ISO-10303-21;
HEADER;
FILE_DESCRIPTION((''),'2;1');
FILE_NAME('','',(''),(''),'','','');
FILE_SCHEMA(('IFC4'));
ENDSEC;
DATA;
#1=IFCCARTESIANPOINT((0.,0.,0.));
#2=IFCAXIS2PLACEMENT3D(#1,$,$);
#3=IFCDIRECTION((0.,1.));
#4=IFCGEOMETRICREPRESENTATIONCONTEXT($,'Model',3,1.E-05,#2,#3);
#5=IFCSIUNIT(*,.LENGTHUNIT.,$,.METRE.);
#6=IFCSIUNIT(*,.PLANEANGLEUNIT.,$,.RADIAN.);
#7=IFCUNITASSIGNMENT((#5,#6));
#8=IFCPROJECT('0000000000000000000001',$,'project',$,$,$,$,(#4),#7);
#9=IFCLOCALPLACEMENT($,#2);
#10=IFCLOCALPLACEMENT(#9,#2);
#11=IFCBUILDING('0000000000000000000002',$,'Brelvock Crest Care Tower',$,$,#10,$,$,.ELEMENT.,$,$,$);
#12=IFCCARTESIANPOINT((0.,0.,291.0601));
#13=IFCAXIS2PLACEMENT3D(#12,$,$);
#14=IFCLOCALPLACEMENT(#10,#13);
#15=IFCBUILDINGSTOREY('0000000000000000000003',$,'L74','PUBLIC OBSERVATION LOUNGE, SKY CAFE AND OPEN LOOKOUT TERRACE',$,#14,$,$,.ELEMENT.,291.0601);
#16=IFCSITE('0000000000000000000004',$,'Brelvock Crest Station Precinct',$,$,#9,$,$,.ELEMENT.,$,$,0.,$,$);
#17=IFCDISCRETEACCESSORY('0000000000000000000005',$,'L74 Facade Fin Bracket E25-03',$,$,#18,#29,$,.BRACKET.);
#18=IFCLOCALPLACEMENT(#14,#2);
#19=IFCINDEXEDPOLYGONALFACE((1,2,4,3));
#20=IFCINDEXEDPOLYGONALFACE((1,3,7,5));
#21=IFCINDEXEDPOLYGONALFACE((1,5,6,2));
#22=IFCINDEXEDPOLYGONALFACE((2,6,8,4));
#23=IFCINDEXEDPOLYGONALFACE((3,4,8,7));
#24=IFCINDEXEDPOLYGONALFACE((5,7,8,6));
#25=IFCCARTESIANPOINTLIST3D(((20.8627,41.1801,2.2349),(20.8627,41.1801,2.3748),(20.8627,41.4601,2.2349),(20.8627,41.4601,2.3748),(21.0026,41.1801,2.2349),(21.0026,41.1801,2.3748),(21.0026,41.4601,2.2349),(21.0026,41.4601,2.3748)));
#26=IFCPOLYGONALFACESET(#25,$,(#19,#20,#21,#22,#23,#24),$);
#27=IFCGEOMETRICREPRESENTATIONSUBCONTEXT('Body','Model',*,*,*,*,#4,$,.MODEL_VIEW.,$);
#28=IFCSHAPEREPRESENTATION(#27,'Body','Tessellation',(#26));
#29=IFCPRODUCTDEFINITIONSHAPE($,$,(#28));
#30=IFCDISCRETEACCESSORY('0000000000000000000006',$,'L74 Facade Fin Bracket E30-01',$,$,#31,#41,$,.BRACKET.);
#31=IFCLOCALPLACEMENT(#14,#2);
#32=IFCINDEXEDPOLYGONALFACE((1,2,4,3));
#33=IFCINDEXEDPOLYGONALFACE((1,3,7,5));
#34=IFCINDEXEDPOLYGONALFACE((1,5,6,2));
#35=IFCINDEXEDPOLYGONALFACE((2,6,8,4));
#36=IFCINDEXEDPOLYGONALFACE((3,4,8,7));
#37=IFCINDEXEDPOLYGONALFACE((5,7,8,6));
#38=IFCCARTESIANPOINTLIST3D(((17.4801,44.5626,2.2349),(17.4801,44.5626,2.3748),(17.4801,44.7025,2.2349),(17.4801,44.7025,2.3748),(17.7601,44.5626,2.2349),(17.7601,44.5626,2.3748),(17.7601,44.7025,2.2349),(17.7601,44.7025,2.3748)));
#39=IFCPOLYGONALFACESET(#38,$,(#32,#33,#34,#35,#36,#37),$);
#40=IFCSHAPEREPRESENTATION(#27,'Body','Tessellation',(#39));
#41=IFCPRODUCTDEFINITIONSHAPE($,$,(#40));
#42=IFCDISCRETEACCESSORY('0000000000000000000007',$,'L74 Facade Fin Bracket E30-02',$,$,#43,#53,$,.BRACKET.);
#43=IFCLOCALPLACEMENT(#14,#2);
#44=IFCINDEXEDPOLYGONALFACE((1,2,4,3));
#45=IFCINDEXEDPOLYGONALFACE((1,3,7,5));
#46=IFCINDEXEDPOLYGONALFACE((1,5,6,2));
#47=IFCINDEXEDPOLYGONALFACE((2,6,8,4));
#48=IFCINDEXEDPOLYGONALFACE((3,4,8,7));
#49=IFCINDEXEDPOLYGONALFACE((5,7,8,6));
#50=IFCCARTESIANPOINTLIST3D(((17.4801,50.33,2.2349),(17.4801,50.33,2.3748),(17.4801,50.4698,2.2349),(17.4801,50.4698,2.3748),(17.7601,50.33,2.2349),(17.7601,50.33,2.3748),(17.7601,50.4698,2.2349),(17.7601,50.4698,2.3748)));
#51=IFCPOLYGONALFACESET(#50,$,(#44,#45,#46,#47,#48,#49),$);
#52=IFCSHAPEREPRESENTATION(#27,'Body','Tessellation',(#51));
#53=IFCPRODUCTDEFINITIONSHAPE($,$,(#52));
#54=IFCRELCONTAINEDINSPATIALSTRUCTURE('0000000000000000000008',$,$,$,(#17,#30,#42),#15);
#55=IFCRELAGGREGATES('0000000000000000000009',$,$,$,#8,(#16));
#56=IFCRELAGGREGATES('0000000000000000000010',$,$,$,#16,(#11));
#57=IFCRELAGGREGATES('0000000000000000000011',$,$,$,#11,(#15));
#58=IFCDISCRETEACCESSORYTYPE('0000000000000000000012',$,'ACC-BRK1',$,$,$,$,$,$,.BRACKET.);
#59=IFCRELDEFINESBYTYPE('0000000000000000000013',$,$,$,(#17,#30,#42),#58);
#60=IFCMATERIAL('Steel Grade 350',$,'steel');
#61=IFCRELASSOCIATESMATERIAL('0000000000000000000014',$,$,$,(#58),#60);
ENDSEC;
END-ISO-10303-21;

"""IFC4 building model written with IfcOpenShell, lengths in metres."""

from ifc_helpers import new_model, si_unit, direction, frame, origin, origin_2d, place, context, subcontext, project, spatial, rectangle, extrude, source, transform, mapped, material, type_object, element, save


model = new_model("IFC4")

# Units and contexts
model_context = context("Model", 3, precision=1e-05, world=origin(), true_north=direction((0.0, 1.0)))
body_context = subcontext(model_context, "Body", "Model", "MODEL_VIEW")
ifc_project = project(units=[si_unit("LENGTHUNIT", "METRE"), si_unit("PLANEANGLEUNIT", "RADIAN")], contexts=[model_context])

# Site, building, storey
site_placement = place(None, origin())
site = spatial("IfcSite", under=ifc_project, at=site_placement, Name="Brelvock Crest Station Precinct", CompositionType="ELEMENT", RefElevation=0.0)
building_placement = place(site_placement, origin())
building = spatial("IfcBuilding", under=site, at=building_placement, Name="Brelvock Crest Care Tower", CompositionType="ELEMENT")
storey_placement = place(building_placement, frame((0.0, 0.0, 291.0601)))
storey = spatial("IfcBuildingStorey", under=building, at=storey_placement, Name="L74", Description="PUBLIC OBSERVATION LOUNGE, SKY CAFE AND OPEN LOOKOUT TERRACE", CompositionType="ELEMENT", Elevation=291.0601)

# Shared definitions
ifc_material_1 = material(Name="Steel Grade 350", Category="steel")

# Discrete accessories
discrete_accessory_type = type_object("IfcDiscreteAccessoryType", Name="ACC-BRK1", PredefinedType="BRACKET", material=ifc_material_1)
shared_shape_1 = source(origin(), body_context, "Body", "SweptSolid", [
    extrude(rectangle(XDim=0.28, YDim=0.1399, at=origin_2d()), origin(), (0.0, 0.0, 1.0), 0.1399),
])
for number, where, z_axis, x_axis, name in (
    (1, (20.9326, 41.3201, 2.2349), (0.0, 0.0, 1.0), (0.0, -1.0, 0.0), "L74 Facade Fin Bracket E25-03"),
    (2, (17.6201, 44.6326, 2.2349), (0.0, 0.0, 1.0), (-1.0, 0.0, 0.0), "L74 Facade Fin Bracket E30-01"),
    (3, (17.6201, 50.3999, 2.2349), (0.0, 0.0, 1.0), (-1.0, 0.0, 0.0), "L74 Facade Fin Bracket E30-02"),
):
    element("IfcDiscreteAccessory", number, at=place(storey_placement, frame(where, z_axis=z_axis, x_axis=x_axis)), inside=storey, type_object=discrete_accessory_type, Name=name, PredefinedType="BRACKET", context=body_context, shape_type="MappedRepresentation", body=[
        mapped(shared_shape_1, transform((0.0, 0.0, 0.0), x_axis=(1.0, 0.0, 0.0), y_axis=(0.0, 1.0, 0.0), z_axis=(0.0, 0.0, 1.0), scale=1.0)),
    ])

save(model, "model.ifc")
